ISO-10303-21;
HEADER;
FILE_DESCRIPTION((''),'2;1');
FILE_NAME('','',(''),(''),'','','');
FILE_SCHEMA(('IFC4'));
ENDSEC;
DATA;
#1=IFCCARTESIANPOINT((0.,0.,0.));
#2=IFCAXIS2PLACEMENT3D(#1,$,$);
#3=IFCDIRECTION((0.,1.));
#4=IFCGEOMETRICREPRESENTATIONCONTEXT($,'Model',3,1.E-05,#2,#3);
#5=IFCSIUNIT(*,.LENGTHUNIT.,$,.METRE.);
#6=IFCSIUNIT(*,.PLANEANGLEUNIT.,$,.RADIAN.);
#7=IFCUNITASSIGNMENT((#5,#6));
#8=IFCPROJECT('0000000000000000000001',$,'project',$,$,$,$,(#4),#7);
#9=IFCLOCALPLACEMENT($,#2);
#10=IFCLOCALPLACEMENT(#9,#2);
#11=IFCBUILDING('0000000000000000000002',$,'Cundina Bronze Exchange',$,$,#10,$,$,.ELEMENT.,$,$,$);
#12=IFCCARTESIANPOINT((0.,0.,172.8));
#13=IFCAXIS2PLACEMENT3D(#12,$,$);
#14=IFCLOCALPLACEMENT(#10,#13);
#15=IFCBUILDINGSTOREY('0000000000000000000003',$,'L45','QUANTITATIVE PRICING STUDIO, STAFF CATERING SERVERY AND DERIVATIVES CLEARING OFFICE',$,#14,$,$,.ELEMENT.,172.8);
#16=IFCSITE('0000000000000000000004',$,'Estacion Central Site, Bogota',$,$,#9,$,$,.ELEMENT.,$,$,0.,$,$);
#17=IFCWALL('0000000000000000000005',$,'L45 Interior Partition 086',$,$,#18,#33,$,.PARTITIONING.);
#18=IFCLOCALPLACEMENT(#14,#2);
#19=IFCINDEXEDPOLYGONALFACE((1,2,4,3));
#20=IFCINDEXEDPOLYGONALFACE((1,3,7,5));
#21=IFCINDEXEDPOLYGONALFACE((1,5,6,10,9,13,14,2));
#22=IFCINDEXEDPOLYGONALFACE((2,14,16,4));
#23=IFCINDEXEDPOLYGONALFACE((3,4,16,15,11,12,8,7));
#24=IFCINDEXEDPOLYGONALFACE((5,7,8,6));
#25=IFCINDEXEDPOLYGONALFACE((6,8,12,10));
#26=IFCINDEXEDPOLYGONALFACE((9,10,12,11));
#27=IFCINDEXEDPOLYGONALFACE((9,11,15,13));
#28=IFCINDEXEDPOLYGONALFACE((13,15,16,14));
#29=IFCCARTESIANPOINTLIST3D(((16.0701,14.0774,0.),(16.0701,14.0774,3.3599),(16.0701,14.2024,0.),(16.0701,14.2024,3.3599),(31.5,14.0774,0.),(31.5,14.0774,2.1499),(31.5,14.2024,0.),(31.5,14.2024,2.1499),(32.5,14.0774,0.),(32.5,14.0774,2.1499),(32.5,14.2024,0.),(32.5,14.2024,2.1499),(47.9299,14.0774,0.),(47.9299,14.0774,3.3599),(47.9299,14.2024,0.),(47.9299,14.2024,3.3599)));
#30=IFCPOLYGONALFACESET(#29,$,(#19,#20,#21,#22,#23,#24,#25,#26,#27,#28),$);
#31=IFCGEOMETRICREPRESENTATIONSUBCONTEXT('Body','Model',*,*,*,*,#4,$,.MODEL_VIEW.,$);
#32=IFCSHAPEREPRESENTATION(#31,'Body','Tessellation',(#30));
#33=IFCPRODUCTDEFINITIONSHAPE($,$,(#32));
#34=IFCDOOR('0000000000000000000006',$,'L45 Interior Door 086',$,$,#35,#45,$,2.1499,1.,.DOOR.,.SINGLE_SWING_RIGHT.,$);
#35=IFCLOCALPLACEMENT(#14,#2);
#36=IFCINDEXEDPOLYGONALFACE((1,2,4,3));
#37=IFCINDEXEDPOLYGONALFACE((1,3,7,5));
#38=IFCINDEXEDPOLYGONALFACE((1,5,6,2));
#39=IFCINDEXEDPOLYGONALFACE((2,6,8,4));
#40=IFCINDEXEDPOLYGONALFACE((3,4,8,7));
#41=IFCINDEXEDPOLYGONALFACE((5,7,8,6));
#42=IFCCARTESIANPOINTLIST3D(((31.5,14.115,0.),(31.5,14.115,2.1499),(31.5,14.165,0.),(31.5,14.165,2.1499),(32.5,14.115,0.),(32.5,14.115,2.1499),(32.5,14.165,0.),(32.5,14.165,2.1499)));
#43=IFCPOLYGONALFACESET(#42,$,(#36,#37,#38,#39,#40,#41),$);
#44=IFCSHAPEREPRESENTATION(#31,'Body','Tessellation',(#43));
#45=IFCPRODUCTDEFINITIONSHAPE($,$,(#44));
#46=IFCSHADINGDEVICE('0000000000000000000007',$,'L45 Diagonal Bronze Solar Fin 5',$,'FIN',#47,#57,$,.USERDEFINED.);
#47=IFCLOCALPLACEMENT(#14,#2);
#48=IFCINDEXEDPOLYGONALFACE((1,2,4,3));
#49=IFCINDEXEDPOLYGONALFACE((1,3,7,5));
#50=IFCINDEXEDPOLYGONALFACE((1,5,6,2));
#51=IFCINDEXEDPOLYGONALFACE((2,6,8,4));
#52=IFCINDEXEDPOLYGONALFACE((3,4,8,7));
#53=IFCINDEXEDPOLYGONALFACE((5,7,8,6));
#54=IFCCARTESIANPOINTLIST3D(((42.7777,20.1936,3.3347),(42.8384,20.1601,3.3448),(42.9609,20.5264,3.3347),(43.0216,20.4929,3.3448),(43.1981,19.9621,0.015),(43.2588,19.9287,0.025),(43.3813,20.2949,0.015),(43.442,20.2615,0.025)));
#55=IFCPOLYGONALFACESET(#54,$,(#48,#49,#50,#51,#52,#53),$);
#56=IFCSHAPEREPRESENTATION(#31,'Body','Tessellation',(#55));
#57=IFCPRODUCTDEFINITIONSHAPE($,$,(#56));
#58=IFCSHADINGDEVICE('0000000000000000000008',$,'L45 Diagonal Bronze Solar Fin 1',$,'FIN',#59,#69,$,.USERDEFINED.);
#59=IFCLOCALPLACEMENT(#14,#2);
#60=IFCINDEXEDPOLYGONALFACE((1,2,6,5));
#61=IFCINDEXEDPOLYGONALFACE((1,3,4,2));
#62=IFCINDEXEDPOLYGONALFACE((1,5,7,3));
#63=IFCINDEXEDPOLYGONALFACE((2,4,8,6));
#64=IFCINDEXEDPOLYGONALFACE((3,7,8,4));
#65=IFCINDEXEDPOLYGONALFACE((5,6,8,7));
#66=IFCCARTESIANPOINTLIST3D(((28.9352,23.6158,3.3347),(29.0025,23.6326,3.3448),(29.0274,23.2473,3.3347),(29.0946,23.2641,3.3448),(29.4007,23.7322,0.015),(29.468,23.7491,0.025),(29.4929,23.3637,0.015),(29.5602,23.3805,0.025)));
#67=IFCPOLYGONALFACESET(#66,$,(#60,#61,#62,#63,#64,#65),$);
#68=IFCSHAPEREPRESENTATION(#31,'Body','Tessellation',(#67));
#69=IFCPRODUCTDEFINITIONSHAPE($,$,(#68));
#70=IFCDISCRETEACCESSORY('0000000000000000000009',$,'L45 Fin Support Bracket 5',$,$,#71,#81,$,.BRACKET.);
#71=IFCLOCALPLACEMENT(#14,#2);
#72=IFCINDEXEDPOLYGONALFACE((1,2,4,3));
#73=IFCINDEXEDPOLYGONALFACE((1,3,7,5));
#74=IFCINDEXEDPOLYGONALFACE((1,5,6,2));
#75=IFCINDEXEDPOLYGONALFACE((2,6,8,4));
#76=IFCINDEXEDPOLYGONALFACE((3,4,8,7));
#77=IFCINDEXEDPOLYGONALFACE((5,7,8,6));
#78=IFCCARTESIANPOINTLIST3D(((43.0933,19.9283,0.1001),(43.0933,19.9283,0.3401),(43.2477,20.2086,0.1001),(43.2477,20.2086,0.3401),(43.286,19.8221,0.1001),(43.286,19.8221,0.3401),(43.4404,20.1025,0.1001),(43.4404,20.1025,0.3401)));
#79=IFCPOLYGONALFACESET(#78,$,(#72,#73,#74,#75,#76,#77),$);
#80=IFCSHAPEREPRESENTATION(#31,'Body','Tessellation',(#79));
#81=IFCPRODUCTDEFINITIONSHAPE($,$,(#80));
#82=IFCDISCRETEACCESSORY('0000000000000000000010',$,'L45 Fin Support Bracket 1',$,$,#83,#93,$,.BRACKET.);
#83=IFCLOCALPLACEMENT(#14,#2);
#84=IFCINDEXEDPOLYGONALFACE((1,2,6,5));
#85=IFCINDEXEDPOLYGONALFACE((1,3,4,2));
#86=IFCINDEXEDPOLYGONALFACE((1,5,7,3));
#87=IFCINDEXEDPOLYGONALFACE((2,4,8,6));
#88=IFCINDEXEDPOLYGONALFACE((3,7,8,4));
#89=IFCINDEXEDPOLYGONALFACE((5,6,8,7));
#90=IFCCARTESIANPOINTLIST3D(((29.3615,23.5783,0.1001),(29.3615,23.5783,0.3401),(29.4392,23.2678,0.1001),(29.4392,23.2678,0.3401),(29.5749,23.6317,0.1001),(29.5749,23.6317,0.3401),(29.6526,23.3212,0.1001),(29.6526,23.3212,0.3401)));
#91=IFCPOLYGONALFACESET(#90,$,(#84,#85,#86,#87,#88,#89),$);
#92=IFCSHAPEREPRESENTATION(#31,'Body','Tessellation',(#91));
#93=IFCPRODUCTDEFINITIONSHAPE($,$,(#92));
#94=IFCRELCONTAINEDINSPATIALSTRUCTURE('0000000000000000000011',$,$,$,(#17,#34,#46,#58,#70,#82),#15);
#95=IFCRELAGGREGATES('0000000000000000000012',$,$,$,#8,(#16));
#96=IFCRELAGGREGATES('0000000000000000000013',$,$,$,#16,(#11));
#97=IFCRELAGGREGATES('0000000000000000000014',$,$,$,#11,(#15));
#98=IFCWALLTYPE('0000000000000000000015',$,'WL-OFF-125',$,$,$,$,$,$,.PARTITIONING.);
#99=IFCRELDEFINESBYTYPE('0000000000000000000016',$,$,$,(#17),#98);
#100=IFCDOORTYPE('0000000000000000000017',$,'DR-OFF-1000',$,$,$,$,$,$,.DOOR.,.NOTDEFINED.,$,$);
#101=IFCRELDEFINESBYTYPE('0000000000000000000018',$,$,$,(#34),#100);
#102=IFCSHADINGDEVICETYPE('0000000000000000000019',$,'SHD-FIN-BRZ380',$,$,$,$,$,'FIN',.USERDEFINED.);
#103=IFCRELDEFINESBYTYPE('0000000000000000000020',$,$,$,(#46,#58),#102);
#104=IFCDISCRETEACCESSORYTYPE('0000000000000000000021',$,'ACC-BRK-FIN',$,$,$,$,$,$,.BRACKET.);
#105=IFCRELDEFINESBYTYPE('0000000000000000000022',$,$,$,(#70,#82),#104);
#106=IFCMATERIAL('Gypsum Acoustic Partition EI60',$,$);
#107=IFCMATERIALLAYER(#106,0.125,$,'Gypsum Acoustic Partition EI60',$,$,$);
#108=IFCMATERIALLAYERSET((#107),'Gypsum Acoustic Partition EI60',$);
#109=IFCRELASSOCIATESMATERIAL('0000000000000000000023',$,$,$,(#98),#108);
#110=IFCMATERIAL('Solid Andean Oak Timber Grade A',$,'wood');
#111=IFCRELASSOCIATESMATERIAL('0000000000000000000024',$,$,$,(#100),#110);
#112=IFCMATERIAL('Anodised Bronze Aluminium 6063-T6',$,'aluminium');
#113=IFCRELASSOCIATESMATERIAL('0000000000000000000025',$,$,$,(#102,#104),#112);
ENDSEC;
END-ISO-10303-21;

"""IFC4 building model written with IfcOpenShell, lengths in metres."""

from ifc_helpers import new_model, si_unit, direction, frame, frame_2d, origin, origin_2d, place, context, subcontext, project, spatial, rectangle, extrude, material, layer, layer_set, material_profile, profile_set, type_object, element, fill, save


model = new_model("IFC4")

# Units and contexts
model_context = context("Model", 3, precision=1e-05, world=origin(), true_north=direction((0.0, 1.0)))
body_context = subcontext(model_context, "Body", "Model", "MODEL_VIEW")
ifc_project = project(units=[si_unit("LENGTHUNIT", "METRE"), si_unit("PLANEANGLEUNIT", "RADIAN")], contexts=[model_context])

# Site, building, storey
site_placement = place(None, origin())
site = spatial("IfcSite", under=ifc_project, at=site_placement, Name="Estacion Central Site, Bogota", CompositionType="ELEMENT", RefElevation=0.0)
building_placement = place(site_placement, origin())
building = spatial("IfcBuilding", under=site, at=building_placement, Name="Cundina Bronze Exchange", CompositionType="ELEMENT")
storey_placement = place(building_placement, frame((0.0, 0.0, 172.8)))
storey = spatial("IfcBuildingStorey", under=building, at=storey_placement, Name="L45", Description="QUANTITATIVE PRICING STUDIO, STAFF CATERING SERVERY AND DERIVATIVES CLEARING OFFICE", CompositionType="ELEMENT", Elevation=172.8)

# Shared definitions
ifc_material_1 = material(Name="Anodised Bronze Aluminium 6063-T6", Category="aluminium")

# Wall, opening, door
ifc_material_2 = material(Name="Gypsum Acoustic Partition EI60")
ifc_layer_1 = layer(ifc_material_2, 0.125, Name="Gypsum Acoustic Partition EI60")
ifc_layer_set_1 = layer_set([ifc_layer_1], Name="Gypsum Acoustic Partition EI60")
wall_type = type_object("IfcWallType", Name="WL-OFF-125", PredefinedType="PARTITIONING", material=ifc_layer_set_1)
wall_placement = place(storey_placement, frame((47.9299, 14.1399, 0.0), z_axis=(0.0, 0.0, 1.0), x_axis=(-1.0, 0.0, 0.0)))
wall = element("IfcWall", 1, at=wall_placement, inside=storey, type_object=wall_type, Name="L45 Interior Partition 086", PredefinedType="PARTITIONING", context=body_context, shape_type="SweptSolid", body=[
    extrude(rectangle(XDim=31.8599, YDim=0.125, at=frame_2d((15.9299, 0.0))), origin(), (0.0, 0.0, 1.0), 3.3599),
])
opening_placement = place(wall_placement, frame((15.4299, 0.0, 0.0)))
opening = element("IfcOpeningElement", 2, at=opening_placement, cuts=wall, PredefinedType="OPENING", context=body_context, shape_type="SweptSolid", body=[
    extrude(rectangle(XDim=1.0, YDim=2.1499, at=frame_2d((0.5, 1.075))), frame((0.0, 0.0725, 0.0), z_axis=(0.0, -1.0, 0.0), x_axis=(1.0, 0.0, 0.0)), (0.0, 0.0, 1.0), 0.145),
])
ifc_material_3 = material(Name="Solid Andean Oak Timber Grade A", Category="wood")
door_type = type_object("IfcDoorType", Name="DR-OFF-1000", OperationType="NOTDEFINED", PredefinedType="DOOR", material=ifc_material_3)
door_placement = place(opening_placement, origin())
door = element("IfcDoor", 3, at=door_placement, inside=storey, type_object=door_type, Name="L45 Interior Door 086", OperationType="SINGLE_SWING_RIGHT", OverallHeight=2.1499, OverallWidth=1.0, PredefinedType="DOOR", context=body_context, shape_type="SweptSolid", body=[
    extrude(rectangle(XDim=1.0, YDim=2.1499, at=frame_2d((0.5, 1.075))), frame((0.0, 0.0249, 0.0), z_axis=(0.0, -1.0, 0.0), x_axis=(1.0, 0.0, 0.0)), (0.0, 0.0, 1.0), 0.05),
])
fill(opening, door)

# Shading devices
ifc_material_profile_1 = material_profile(ifc_material_1, rectangle(XDim=0.0701, YDim=0.3799, at=origin_2d()), Name="FIN70X380", Category="aluminium")
ifc_profile_set_1 = profile_set([ifc_material_profile_1], Name="Anodised Bronze Aluminium 6063-T6")
shading_device_type = type_object("IfcShadingDeviceType", Name="SHD-FIN-BRZ380", ElementType="FIN", PredefinedType="USERDEFINED", material=ifc_profile_set_1)
for number, where, z_axis, x_axis, name in (
    (4, (43.3201, 20.1118, 0.02), (-0.125333, 0.068999, 0.989712), (0.86701, -0.477309, 0.143071), "L45 Diagonal Bronze Solar Fin 5"),
    (5, (29.4805, 23.5564, 0.02), (-0.138798, -0.034718, 0.989712), (0.960132, 0.240159, 0.143075), "L45 Diagonal Bronze Solar Fin 1"),
):
    element("IfcShadingDevice", number, at=place(storey_placement, frame(where, z_axis=z_axis, x_axis=x_axis)), inside=storey, type_object=shading_device_type, Name=name, ObjectType="FIN", PredefinedType="USERDEFINED", context=body_context, shape_type="SweptSolid", body=[
        extrude(rectangle(XDim=0.0701, YDim=0.3799, at=origin_2d()), origin(), (0.0, 0.0, 1.0), 3.3542),
    ])

# Discrete accessories
discrete_accessory_type = type_object("IfcDiscreteAccessoryType", Name="ACC-BRK-FIN", PredefinedType="BRACKET", material=ifc_material_1)
for number, where, z_axis, x_axis, name in (
    (6, (43.2668, 20.0154, 0.1001), (0.0, 0.0, 1.0), (-0.875869, 0.482549, 0.0), "L45 Fin Support Bracket 5"),
    (7, (29.5071, 23.4497, 0.1001), (0.0, 0.0, 1.0), (-0.970093, -0.242735, 0.0), "L45 Fin Support Bracket 1"),
):
    element("IfcDiscreteAccessory", number, at=place(storey_placement, frame(where, z_axis=z_axis, x_axis=x_axis)), inside=storey, type_object=discrete_accessory_type, Name=name, PredefinedType="BRACKET", context=body_context, shape_type="SweptSolid", body=[
        extrude(rectangle(XDim=0.22, YDim=0.3201, at=origin_2d()), origin(), (0.0, 0.0, 1.0), 0.24),
    ])

save(model, "model.ifc")
